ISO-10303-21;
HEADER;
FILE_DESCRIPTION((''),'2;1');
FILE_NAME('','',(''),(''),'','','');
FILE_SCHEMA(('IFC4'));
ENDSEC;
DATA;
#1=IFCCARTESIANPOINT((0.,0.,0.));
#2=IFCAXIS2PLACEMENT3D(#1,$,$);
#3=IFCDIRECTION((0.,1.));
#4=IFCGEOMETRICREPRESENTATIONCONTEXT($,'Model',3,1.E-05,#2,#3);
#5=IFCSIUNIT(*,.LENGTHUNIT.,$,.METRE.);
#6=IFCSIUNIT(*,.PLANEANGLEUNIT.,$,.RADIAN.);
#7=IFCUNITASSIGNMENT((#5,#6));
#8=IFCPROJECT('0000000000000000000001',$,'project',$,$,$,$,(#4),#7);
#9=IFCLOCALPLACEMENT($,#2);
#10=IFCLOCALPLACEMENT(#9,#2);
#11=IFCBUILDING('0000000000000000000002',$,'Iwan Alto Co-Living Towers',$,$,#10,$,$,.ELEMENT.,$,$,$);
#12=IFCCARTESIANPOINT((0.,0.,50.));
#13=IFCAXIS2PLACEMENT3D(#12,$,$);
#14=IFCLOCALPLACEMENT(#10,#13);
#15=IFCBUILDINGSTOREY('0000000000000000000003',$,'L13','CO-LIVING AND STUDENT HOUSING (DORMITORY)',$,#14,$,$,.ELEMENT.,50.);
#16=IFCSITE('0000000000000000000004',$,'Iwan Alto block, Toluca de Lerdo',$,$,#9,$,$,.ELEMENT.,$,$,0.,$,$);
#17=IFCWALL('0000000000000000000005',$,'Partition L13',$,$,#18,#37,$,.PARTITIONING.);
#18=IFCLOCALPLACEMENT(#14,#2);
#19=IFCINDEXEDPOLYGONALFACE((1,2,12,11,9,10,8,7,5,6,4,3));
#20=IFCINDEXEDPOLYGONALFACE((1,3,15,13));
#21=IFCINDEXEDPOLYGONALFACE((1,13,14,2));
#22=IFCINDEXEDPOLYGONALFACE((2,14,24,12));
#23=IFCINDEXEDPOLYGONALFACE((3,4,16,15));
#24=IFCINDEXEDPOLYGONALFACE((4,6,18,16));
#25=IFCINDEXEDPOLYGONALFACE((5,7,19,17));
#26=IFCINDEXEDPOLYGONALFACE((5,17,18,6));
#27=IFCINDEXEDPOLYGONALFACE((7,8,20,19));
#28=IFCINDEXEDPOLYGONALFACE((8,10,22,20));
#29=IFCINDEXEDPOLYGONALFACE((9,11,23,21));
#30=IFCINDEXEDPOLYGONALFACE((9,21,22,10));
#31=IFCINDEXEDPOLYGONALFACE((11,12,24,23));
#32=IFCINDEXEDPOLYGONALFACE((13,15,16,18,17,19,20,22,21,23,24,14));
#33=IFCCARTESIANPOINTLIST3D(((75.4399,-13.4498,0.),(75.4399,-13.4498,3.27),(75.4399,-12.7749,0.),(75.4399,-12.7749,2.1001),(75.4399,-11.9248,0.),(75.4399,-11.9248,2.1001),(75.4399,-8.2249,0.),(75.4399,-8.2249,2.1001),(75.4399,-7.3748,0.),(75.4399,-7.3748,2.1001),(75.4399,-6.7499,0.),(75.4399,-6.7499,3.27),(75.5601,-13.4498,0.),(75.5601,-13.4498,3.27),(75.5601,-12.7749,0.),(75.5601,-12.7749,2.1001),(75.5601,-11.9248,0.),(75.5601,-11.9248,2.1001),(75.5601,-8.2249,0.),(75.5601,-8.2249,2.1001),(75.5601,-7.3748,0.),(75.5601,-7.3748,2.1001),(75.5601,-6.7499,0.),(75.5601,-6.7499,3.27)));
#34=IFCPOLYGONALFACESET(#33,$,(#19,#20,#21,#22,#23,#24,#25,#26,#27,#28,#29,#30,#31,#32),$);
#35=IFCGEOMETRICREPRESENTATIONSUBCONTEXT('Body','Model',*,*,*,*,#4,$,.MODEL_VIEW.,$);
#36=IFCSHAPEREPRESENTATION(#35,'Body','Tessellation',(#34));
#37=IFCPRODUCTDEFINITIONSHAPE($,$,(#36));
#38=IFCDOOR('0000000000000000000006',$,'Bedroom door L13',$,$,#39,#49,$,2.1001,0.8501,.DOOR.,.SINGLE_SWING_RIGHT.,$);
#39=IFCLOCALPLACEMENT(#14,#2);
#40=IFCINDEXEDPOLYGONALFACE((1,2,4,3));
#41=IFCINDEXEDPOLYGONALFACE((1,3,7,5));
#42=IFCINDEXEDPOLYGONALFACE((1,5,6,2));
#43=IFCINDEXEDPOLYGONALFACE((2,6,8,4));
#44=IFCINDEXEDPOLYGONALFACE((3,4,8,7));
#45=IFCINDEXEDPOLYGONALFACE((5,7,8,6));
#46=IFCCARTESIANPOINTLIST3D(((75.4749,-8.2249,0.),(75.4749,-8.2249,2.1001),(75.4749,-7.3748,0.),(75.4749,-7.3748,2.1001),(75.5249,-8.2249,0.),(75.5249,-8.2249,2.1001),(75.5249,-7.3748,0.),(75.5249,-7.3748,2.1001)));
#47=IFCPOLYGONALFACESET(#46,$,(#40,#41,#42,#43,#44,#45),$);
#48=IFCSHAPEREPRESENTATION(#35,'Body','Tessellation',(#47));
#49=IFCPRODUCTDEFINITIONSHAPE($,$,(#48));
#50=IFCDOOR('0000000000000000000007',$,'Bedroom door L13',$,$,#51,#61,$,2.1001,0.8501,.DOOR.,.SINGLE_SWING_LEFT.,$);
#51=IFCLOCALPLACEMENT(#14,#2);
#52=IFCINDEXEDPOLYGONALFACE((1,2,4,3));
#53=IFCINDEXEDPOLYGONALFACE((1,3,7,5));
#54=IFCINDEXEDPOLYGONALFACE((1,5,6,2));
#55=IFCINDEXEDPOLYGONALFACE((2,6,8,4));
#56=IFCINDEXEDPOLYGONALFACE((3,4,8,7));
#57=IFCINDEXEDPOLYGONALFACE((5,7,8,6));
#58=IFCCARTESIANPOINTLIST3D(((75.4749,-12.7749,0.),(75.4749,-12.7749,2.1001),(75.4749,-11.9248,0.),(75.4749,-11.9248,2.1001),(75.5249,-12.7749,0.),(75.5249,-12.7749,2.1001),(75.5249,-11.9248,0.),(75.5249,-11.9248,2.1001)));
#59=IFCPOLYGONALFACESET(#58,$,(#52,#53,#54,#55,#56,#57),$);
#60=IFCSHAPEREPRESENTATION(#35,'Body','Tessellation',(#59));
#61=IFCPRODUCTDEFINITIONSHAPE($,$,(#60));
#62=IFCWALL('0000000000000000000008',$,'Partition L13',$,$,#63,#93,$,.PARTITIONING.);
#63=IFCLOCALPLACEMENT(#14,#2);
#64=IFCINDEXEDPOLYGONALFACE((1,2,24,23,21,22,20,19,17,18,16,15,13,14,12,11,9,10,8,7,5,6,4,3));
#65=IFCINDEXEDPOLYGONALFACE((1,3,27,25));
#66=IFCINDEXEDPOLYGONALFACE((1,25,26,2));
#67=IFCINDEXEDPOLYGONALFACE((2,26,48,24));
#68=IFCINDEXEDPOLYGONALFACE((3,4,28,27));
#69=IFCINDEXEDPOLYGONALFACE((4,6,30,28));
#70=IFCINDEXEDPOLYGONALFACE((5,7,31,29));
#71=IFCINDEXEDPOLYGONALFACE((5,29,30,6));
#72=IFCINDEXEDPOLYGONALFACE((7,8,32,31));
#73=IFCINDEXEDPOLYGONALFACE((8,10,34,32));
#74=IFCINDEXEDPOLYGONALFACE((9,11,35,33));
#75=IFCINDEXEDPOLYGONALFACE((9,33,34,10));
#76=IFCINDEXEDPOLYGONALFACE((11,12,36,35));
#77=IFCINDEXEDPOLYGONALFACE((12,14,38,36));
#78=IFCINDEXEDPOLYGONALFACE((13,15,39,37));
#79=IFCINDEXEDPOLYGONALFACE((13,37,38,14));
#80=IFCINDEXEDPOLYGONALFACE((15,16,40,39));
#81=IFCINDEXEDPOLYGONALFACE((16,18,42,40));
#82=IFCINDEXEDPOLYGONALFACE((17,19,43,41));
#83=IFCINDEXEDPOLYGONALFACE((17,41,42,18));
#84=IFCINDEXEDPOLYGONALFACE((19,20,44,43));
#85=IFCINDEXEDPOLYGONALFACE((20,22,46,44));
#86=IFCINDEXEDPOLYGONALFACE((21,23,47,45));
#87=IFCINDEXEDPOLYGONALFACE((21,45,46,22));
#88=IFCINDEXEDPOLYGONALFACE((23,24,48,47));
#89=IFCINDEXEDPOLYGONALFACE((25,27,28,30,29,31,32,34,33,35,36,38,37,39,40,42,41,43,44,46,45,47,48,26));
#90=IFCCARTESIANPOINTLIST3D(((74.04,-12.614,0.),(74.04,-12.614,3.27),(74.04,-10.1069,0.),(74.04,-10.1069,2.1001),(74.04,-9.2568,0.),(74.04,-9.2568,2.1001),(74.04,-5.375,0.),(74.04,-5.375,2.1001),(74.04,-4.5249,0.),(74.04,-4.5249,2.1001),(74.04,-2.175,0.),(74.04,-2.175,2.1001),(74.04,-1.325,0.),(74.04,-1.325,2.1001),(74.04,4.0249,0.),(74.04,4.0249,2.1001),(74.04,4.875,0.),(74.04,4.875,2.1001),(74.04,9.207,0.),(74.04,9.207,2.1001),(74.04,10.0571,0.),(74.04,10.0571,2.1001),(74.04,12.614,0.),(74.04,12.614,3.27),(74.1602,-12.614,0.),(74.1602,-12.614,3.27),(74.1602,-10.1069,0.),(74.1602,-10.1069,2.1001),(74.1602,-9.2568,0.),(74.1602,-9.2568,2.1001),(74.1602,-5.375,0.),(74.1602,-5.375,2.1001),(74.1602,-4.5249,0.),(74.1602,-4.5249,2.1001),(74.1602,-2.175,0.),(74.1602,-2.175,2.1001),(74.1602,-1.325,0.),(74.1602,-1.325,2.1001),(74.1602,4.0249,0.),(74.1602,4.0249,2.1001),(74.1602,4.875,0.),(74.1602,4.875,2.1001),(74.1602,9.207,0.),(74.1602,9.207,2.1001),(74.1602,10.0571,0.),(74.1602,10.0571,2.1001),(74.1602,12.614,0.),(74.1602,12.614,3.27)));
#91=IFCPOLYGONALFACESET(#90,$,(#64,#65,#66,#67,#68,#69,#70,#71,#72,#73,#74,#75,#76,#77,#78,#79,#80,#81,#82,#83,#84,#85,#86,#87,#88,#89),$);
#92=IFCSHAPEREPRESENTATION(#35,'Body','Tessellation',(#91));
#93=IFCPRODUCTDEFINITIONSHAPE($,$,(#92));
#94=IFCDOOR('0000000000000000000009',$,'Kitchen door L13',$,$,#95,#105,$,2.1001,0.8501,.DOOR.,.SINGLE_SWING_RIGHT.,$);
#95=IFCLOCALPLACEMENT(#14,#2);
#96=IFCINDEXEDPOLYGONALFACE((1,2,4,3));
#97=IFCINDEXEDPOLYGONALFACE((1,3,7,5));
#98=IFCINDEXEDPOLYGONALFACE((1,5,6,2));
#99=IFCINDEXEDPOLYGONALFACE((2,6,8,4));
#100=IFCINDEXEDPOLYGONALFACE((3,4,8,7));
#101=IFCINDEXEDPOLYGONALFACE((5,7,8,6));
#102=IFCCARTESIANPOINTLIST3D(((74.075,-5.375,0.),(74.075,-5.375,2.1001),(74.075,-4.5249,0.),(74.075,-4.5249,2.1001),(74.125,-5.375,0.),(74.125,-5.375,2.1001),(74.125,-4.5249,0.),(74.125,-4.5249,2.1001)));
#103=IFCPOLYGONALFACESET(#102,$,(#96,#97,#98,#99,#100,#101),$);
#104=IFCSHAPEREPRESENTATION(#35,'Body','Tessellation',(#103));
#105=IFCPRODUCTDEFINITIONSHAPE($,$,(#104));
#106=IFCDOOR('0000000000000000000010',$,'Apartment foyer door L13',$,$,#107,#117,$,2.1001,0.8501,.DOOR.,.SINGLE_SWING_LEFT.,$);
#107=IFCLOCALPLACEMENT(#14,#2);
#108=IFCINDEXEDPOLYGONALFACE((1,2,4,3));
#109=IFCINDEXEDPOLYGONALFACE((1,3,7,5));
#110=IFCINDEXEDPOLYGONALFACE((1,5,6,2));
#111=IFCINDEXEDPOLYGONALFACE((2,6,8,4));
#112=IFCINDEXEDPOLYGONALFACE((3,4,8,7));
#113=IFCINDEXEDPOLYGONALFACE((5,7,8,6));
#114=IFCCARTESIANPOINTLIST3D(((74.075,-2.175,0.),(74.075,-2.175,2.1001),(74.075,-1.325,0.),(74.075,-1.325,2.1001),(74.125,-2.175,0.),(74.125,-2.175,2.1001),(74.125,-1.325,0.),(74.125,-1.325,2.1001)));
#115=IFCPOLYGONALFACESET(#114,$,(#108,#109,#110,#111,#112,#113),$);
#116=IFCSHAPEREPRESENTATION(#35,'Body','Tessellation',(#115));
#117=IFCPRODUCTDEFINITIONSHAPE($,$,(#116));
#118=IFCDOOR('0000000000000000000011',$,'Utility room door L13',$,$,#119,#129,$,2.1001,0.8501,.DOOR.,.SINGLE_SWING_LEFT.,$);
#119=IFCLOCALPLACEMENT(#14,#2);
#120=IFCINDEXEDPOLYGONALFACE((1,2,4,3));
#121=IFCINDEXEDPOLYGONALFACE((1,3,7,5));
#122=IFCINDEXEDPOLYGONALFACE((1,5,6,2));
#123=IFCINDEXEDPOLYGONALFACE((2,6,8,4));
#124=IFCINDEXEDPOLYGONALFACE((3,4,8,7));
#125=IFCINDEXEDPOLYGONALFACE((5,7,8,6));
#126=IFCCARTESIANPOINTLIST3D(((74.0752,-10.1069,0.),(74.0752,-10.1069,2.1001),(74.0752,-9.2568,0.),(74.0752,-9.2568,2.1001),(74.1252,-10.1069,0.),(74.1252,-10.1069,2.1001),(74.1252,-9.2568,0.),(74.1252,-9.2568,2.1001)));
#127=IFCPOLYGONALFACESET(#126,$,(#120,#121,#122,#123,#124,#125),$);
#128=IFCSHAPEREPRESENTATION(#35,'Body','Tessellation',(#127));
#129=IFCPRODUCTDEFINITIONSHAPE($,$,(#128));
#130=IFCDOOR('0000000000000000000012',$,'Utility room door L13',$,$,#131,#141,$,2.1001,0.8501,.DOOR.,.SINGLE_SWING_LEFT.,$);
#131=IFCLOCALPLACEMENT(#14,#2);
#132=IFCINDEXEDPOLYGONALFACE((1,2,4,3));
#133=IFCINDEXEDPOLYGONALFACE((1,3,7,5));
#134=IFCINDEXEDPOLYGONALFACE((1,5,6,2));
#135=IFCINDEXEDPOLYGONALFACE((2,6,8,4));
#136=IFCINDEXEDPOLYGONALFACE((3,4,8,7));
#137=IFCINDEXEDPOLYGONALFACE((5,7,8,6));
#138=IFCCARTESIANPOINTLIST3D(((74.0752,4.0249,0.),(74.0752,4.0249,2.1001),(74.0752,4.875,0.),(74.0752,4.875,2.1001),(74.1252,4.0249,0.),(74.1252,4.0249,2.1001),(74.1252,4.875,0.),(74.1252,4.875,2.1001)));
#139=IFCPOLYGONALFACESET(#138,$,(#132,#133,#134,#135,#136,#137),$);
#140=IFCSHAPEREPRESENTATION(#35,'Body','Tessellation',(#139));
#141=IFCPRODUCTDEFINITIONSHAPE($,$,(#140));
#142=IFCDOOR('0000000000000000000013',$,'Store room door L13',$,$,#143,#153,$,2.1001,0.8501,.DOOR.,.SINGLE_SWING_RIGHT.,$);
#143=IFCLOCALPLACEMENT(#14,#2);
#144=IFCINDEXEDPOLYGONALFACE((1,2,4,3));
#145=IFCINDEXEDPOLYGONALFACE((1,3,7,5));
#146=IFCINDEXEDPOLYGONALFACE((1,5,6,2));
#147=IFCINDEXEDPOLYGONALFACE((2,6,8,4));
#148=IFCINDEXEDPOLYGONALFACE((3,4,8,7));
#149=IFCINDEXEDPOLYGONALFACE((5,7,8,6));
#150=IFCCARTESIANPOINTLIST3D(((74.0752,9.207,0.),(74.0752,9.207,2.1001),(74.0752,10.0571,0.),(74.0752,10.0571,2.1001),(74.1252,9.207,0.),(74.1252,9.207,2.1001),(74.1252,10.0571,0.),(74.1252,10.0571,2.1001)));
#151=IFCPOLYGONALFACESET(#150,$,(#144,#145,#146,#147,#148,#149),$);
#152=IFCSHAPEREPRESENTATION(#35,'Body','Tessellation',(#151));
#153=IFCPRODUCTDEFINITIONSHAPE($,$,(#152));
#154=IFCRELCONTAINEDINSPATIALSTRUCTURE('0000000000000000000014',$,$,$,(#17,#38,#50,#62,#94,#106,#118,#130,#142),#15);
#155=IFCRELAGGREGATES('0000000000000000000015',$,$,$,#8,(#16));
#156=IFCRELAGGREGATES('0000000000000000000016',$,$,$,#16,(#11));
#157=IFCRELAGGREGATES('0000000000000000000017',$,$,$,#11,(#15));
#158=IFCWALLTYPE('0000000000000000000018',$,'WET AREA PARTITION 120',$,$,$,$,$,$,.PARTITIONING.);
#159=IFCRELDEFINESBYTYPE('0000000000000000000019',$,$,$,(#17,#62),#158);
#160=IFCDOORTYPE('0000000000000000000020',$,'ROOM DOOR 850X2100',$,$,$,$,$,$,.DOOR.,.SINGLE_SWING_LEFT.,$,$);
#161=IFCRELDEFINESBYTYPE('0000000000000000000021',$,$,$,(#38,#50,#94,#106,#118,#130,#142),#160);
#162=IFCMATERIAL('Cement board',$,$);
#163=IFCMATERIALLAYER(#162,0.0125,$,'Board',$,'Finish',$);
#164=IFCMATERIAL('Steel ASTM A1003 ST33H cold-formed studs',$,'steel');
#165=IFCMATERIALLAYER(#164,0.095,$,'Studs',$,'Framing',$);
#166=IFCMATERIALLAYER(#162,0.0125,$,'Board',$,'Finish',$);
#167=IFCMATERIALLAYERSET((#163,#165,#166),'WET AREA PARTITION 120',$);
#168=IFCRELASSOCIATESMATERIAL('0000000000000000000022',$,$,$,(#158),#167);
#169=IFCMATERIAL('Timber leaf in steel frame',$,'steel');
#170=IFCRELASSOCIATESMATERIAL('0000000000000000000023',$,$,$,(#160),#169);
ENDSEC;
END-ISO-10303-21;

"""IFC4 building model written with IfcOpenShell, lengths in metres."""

from ifc_helpers import new_model, si_unit, direction, frame, frame_2d, origin, place, context, subcontext, project, spatial, rectangle, extrude, material, layer, layer_set, type_object, element, fill, save


model = new_model("IFC4")

# Units and contexts
model_context = context("Model", 3, precision=1e-05, world=origin(), true_north=direction((0.0, 1.0)))
body_context = subcontext(model_context, "Body", "Model", "MODEL_VIEW")
ifc_project = project(units=[si_unit("LENGTHUNIT", "METRE"), si_unit("PLANEANGLEUNIT", "RADIAN")], contexts=[model_context])

# Site, building, storey
site_placement = place(None, origin())
site = spatial("IfcSite", under=ifc_project, at=site_placement, Name="Iwan Alto block, Toluca de Lerdo", CompositionType="ELEMENT", RefElevation=0.0)
building_placement = place(site_placement, origin())
building = spatial("IfcBuilding", under=site, at=building_placement, Name="Iwan Alto Co-Living Towers", CompositionType="ELEMENT")
storey_placement = place(building_placement, frame((0.0, 0.0, 50.0)))
storey = spatial("IfcBuildingStorey", under=building, at=storey_placement, Name="L13", Description="CO-LIVING AND STUDENT HOUSING (DORMITORY)", CompositionType="ELEMENT", Elevation=50.0)

# Shared definitions
ifc_material_1 = material(Name="Steel ASTM A1003 ST33H cold-formed studs", Category="steel")
ifc_material_2 = material(Name="Cement board")
ifc_layer_1 = layer(ifc_material_2, 0.0125, Name="Board", Category="Finish")
ifc_layer_2 = layer(ifc_material_1, 0.095, Name="Studs", Category="Framing")
ifc_layer_3 = layer(ifc_material_2, 0.0125, Name="Board", Category="Finish")
ifc_layer_set_1 = layer_set([ifc_layer_1, ifc_layer_2, ifc_layer_3], Name="WET AREA PARTITION 120")
wall_type_1 = type_object("IfcWallType", Name="WET AREA PARTITION 120", PredefinedType="PARTITIONING", material=ifc_layer_set_1)

# Shared definitions
ifc_material_3 = material(Name="Timber leaf in steel frame", Category="steel")
door_type = type_object("IfcDoorType", Name="ROOM DOOR 850X2100", OperationType="SINGLE_SWING_LEFT", PredefinedType="DOOR", material=ifc_material_3)

# Walls, openings, doors
wall_1_placement = place(storey_placement, frame((75.5, -13.45, 0.0), z_axis=(0.0, 0.0, 1.0), x_axis=(0.0, 1.0, 0.0)))
wall_1 = element("IfcWall", 1, at=wall_1_placement, inside=storey, type_object=wall_type_1, Name="Partition L13", PredefinedType="PARTITIONING", context=body_context, shape_type="SweptSolid", body=[
    extrude(rectangle(XDim=6.7, YDim=0.1201, at=frame_2d((3.3501, 0.0))), origin(), (0.0, 0.0, 1.0), 3.27),
])
opening_1_placement = place(wall_1_placement, frame((5.2251, 0.0, 0.0)))
opening_1 = element("IfcOpeningElement", 2, at=opening_1_placement, cuts=wall_1, PredefinedType="OPENING", context=body_context, shape_type="SweptSolid", body=[
    extrude(rectangle(XDim=0.8501, YDim=2.1001, at=frame_2d((0.425, 1.05))), frame((0.0, 0.0701, 0.0), z_axis=(0.0, -1.0, 0.0), x_axis=(1.0, 0.0, 0.0)), (0.0, 0.0, 1.0), 0.1401),
])
opening_2_placement = place(wall_1_placement, frame((0.675, 0.0, 0.0)))
opening_2 = element("IfcOpeningElement", 3, at=opening_2_placement, cuts=wall_1, PredefinedType="OPENING", context=body_context, shape_type="SweptSolid", body=[
    extrude(rectangle(XDim=0.8501, YDim=2.1001, at=frame_2d((0.425, 1.05))), frame((0.0, 0.0701, 0.0), z_axis=(0.0, -1.0, 0.0), x_axis=(1.0, 0.0, 0.0)), (0.0, 0.0, 1.0), 0.1401),
])
door_1_placement = place(opening_1_placement, frame((0.8501, 0.0, 0.0), z_axis=(0.0, 0.0, 1.0), x_axis=(-1.0, 0.0, 0.0)))
door_1 = element("IfcDoor", 4, at=door_1_placement, inside=storey, type_object=door_type, Name="Bedroom door L13", OperationType="SINGLE_SWING_RIGHT", OverallHeight=2.1001, OverallWidth=0.8501, PredefinedType="DOOR", context=body_context, shape_type="SweptSolid", body=[
    extrude(rectangle(XDim=0.8501, YDim=2.1001, at=frame_2d((0.425, 1.05))), frame((0.0, 0.0249, 0.0), z_axis=(0.0, -1.0, 0.0), x_axis=(1.0, 0.0, 0.0)), (0.0, 0.0, 1.0), 0.05),
])
fill(opening_1, door_1)
door_2_placement = place(opening_2_placement, frame((0.8501, 0.0, 0.0), z_axis=(0.0, 0.0, 1.0), x_axis=(-1.0, 0.0, 0.0)))
door_2 = element("IfcDoor", 5, at=door_2_placement, inside=storey, type_object=door_type, Name="Bedroom door L13", OperationType="SINGLE_SWING_LEFT", OverallHeight=2.1001, OverallWidth=0.8501, PredefinedType="DOOR", context=body_context, shape_type="SweptSolid", body=[
    extrude(rectangle(XDim=0.8501, YDim=2.1001, at=frame_2d((0.425, 1.05))), frame((0.0, 0.0249, 0.0), z_axis=(0.0, -1.0, 0.0), x_axis=(1.0, 0.0, 0.0)), (0.0, 0.0, 1.0), 0.05),
])
fill(opening_2, door_2)
wall_2_placement = place(storey_placement, frame((74.1001, -12.614, 0.0), z_axis=(0.0, 0.0, 1.0), x_axis=(0.0, 1.0, 0.0)))
wall_2 = element("IfcWall", 6, at=wall_2_placement, inside=storey, type_object=wall_type_1, Name="Partition L13", PredefinedType="PARTITIONING", context=body_context, shape_type="SweptSolid", body=[
    extrude(rectangle(XDim=25.228, YDim=0.1201, at=frame_2d((12.614, 0.0))), origin(), (0.0, 0.0, 1.0), 3.27),
])
opening_3_placement = place(wall_2_placement, frame((7.239, 0.0, 0.0)))
opening_3 = element("IfcOpeningElement", 7, at=opening_3_placement, cuts=wall_2, PredefinedType="OPENING", context=body_context, shape_type="SweptSolid", body=[
    extrude(rectangle(XDim=0.8501, YDim=2.1001, at=frame_2d((0.425, 1.05))), frame((0.0, 0.0701, 0.0), z_axis=(0.0, -1.0, 0.0), x_axis=(1.0, 0.0, 0.0)), (0.0, 0.0, 1.0), 0.1401),
])
opening_4_placement = place(wall_2_placement, frame((10.439, 0.0, 0.0)))
opening_4 = element("IfcOpeningElement", 8, at=opening_4_placement, cuts=wall_2, PredefinedType="OPENING", context=body_context, shape_type="SweptSolid", body=[
    extrude(rectangle(XDim=0.8501, YDim=2.1001, at=frame_2d((0.425, 1.05))), frame((0.0, 0.0701, 0.0), z_axis=(0.0, -1.0, 0.0), x_axis=(1.0, 0.0, 0.0)), (0.0, 0.0, 1.0), 0.1401),
])
opening_5_placement = place(wall_2_placement, frame((2.5071, 0.0, 0.0)))
opening_5 = element("IfcOpeningElement", 9, at=opening_5_placement, cuts=wall_2, PredefinedType="OPENING", context=body_context, shape_type="SweptSolid", body=[
    extrude(rectangle(XDim=0.8501, YDim=2.1001, at=frame_2d((0.425, 1.05))), frame((0.0, 0.0701, 0.0), z_axis=(0.0, -1.0, 0.0), x_axis=(1.0, 0.0, 0.0)), (0.0, 0.0, 1.0), 0.1401),
])
opening_6_placement = place(wall_2_placement, frame((16.6389, 0.0, 0.0)))
opening_6 = element("IfcOpeningElement", 10, at=opening_6_placement, cuts=wall_2, PredefinedType="OPENING", context=body_context, shape_type="SweptSolid", body=[
    extrude(rectangle(XDim=0.8501, YDim=2.1001, at=frame_2d((0.425, 1.05))), frame((0.0, 0.0701, 0.0), z_axis=(0.0, -1.0, 0.0), x_axis=(1.0, 0.0, 0.0)), (0.0, 0.0, 1.0), 0.1401),
])
opening_7_placement = place(wall_2_placement, frame((21.821, 0.0, 0.0)))
opening_7 = element("IfcOpeningElement", 11, at=opening_7_placement, cuts=wall_2, PredefinedType="OPENING", context=body_context, shape_type="SweptSolid", body=[
    extrude(rectangle(XDim=0.8501, YDim=2.1001, at=frame_2d((0.425, 1.05))), frame((0.0, 0.0701, 0.0), z_axis=(0.0, -1.0, 0.0), x_axis=(1.0, 0.0, 0.0)), (0.0, 0.0, 1.0), 0.1401),
])
door_3_placement = place(opening_3_placement, frame((0.8501, 0.0, 0.0), z_axis=(0.0, 0.0, 1.0), x_axis=(-1.0, 0.0, 0.0)))
door_3 = element("IfcDoor", 12, at=door_3_placement, inside=storey, type_object=door_type, Name="Kitchen door L13", OperationType="SINGLE_SWING_RIGHT", OverallHeight=2.1001, OverallWidth=0.8501, PredefinedType="DOOR", context=body_context, shape_type="SweptSolid", body=[
    extrude(rectangle(XDim=0.8501, YDim=2.1001, at=frame_2d((0.425, 1.05))), frame((0.0, 0.0249, 0.0), z_axis=(0.0, -1.0, 0.0), x_axis=(1.0, 0.0, 0.0)), (0.0, 0.0, 1.0), 0.05),
])
fill(opening_3, door_3)
door_4_placement = place(opening_4_placement, frame((0.8501, 0.0, 0.0), z_axis=(0.0, 0.0, 1.0), x_axis=(-1.0, 0.0, 0.0)))
door_4 = element("IfcDoor", 13, at=door_4_placement, inside=storey, type_object=door_type, Name="Apartment foyer door L13", OperationType="SINGLE_SWING_LEFT", OverallHeight=2.1001, OverallWidth=0.8501, PredefinedType="DOOR", context=body_context, shape_type="SweptSolid", body=[
    extrude(rectangle(XDim=0.8501, YDim=2.1001, at=frame_2d((0.425, 1.05))), frame((0.0, 0.0249, 0.0), z_axis=(0.0, -1.0, 0.0), x_axis=(1.0, 0.0, 0.0)), (0.0, 0.0, 1.0), 0.05),
])
fill(opening_4, door_4)
door_5_placement = place(opening_5_placement, origin())
door_5 = element("IfcDoor", 14, at=door_5_placement, inside=storey, type_object=door_type, Name="Utility room door L13", OperationType="SINGLE_SWING_LEFT", OverallHeight=2.1001, OverallWidth=0.8501, PredefinedType="DOOR", context=body_context, shape_type="SweptSolid", body=[
    extrude(rectangle(XDim=0.8501, YDim=2.1001, at=frame_2d((0.425, 1.05))), frame((0.0, 0.0249, 0.0), z_axis=(0.0, -1.0, 0.0), x_axis=(1.0, 0.0, 0.0)), (0.0, 0.0, 1.0), 0.05),
])
fill(opening_5, door_5)
door_6_placement = place(opening_6_placement, origin())
door_6 = element("IfcDoor", 15, at=door_6_placement, inside=storey, type_object=door_type, Name="Utility room door L13", OperationType="SINGLE_SWING_LEFT", OverallHeight=2.1001, OverallWidth=0.8501, PredefinedType="DOOR", context=body_context, shape_type="SweptSolid", body=[
    extrude(rectangle(XDim=0.8501, YDim=2.1001, at=frame_2d((0.425, 1.05))), frame((0.0, 0.0249, 0.0), z_axis=(0.0, -1.0, 0.0), x_axis=(1.0, 0.0, 0.0)), (0.0, 0.0, 1.0), 0.05),
])
fill(opening_6, door_6)
door_7_placement = place(opening_7_placement, origin())
door_7 = element("IfcDoor", 16, at=door_7_placement, inside=storey, type_object=door_type, Name="Store room door L13", OperationType="SINGLE_SWING_RIGHT", OverallHeight=2.1001, OverallWidth=0.8501, PredefinedType="DOOR", context=body_context, shape_type="SweptSolid", body=[
    extrude(rectangle(XDim=0.8501, YDim=2.1001, at=frame_2d((0.425, 1.05))), frame((0.0, 0.0249, 0.0), z_axis=(0.0, -1.0, 0.0), x_axis=(1.0, 0.0, 0.0)), (0.0, 0.0, 1.0), 0.05),
])
fill(opening_7, door_7)

save(model, "model.ifc")
